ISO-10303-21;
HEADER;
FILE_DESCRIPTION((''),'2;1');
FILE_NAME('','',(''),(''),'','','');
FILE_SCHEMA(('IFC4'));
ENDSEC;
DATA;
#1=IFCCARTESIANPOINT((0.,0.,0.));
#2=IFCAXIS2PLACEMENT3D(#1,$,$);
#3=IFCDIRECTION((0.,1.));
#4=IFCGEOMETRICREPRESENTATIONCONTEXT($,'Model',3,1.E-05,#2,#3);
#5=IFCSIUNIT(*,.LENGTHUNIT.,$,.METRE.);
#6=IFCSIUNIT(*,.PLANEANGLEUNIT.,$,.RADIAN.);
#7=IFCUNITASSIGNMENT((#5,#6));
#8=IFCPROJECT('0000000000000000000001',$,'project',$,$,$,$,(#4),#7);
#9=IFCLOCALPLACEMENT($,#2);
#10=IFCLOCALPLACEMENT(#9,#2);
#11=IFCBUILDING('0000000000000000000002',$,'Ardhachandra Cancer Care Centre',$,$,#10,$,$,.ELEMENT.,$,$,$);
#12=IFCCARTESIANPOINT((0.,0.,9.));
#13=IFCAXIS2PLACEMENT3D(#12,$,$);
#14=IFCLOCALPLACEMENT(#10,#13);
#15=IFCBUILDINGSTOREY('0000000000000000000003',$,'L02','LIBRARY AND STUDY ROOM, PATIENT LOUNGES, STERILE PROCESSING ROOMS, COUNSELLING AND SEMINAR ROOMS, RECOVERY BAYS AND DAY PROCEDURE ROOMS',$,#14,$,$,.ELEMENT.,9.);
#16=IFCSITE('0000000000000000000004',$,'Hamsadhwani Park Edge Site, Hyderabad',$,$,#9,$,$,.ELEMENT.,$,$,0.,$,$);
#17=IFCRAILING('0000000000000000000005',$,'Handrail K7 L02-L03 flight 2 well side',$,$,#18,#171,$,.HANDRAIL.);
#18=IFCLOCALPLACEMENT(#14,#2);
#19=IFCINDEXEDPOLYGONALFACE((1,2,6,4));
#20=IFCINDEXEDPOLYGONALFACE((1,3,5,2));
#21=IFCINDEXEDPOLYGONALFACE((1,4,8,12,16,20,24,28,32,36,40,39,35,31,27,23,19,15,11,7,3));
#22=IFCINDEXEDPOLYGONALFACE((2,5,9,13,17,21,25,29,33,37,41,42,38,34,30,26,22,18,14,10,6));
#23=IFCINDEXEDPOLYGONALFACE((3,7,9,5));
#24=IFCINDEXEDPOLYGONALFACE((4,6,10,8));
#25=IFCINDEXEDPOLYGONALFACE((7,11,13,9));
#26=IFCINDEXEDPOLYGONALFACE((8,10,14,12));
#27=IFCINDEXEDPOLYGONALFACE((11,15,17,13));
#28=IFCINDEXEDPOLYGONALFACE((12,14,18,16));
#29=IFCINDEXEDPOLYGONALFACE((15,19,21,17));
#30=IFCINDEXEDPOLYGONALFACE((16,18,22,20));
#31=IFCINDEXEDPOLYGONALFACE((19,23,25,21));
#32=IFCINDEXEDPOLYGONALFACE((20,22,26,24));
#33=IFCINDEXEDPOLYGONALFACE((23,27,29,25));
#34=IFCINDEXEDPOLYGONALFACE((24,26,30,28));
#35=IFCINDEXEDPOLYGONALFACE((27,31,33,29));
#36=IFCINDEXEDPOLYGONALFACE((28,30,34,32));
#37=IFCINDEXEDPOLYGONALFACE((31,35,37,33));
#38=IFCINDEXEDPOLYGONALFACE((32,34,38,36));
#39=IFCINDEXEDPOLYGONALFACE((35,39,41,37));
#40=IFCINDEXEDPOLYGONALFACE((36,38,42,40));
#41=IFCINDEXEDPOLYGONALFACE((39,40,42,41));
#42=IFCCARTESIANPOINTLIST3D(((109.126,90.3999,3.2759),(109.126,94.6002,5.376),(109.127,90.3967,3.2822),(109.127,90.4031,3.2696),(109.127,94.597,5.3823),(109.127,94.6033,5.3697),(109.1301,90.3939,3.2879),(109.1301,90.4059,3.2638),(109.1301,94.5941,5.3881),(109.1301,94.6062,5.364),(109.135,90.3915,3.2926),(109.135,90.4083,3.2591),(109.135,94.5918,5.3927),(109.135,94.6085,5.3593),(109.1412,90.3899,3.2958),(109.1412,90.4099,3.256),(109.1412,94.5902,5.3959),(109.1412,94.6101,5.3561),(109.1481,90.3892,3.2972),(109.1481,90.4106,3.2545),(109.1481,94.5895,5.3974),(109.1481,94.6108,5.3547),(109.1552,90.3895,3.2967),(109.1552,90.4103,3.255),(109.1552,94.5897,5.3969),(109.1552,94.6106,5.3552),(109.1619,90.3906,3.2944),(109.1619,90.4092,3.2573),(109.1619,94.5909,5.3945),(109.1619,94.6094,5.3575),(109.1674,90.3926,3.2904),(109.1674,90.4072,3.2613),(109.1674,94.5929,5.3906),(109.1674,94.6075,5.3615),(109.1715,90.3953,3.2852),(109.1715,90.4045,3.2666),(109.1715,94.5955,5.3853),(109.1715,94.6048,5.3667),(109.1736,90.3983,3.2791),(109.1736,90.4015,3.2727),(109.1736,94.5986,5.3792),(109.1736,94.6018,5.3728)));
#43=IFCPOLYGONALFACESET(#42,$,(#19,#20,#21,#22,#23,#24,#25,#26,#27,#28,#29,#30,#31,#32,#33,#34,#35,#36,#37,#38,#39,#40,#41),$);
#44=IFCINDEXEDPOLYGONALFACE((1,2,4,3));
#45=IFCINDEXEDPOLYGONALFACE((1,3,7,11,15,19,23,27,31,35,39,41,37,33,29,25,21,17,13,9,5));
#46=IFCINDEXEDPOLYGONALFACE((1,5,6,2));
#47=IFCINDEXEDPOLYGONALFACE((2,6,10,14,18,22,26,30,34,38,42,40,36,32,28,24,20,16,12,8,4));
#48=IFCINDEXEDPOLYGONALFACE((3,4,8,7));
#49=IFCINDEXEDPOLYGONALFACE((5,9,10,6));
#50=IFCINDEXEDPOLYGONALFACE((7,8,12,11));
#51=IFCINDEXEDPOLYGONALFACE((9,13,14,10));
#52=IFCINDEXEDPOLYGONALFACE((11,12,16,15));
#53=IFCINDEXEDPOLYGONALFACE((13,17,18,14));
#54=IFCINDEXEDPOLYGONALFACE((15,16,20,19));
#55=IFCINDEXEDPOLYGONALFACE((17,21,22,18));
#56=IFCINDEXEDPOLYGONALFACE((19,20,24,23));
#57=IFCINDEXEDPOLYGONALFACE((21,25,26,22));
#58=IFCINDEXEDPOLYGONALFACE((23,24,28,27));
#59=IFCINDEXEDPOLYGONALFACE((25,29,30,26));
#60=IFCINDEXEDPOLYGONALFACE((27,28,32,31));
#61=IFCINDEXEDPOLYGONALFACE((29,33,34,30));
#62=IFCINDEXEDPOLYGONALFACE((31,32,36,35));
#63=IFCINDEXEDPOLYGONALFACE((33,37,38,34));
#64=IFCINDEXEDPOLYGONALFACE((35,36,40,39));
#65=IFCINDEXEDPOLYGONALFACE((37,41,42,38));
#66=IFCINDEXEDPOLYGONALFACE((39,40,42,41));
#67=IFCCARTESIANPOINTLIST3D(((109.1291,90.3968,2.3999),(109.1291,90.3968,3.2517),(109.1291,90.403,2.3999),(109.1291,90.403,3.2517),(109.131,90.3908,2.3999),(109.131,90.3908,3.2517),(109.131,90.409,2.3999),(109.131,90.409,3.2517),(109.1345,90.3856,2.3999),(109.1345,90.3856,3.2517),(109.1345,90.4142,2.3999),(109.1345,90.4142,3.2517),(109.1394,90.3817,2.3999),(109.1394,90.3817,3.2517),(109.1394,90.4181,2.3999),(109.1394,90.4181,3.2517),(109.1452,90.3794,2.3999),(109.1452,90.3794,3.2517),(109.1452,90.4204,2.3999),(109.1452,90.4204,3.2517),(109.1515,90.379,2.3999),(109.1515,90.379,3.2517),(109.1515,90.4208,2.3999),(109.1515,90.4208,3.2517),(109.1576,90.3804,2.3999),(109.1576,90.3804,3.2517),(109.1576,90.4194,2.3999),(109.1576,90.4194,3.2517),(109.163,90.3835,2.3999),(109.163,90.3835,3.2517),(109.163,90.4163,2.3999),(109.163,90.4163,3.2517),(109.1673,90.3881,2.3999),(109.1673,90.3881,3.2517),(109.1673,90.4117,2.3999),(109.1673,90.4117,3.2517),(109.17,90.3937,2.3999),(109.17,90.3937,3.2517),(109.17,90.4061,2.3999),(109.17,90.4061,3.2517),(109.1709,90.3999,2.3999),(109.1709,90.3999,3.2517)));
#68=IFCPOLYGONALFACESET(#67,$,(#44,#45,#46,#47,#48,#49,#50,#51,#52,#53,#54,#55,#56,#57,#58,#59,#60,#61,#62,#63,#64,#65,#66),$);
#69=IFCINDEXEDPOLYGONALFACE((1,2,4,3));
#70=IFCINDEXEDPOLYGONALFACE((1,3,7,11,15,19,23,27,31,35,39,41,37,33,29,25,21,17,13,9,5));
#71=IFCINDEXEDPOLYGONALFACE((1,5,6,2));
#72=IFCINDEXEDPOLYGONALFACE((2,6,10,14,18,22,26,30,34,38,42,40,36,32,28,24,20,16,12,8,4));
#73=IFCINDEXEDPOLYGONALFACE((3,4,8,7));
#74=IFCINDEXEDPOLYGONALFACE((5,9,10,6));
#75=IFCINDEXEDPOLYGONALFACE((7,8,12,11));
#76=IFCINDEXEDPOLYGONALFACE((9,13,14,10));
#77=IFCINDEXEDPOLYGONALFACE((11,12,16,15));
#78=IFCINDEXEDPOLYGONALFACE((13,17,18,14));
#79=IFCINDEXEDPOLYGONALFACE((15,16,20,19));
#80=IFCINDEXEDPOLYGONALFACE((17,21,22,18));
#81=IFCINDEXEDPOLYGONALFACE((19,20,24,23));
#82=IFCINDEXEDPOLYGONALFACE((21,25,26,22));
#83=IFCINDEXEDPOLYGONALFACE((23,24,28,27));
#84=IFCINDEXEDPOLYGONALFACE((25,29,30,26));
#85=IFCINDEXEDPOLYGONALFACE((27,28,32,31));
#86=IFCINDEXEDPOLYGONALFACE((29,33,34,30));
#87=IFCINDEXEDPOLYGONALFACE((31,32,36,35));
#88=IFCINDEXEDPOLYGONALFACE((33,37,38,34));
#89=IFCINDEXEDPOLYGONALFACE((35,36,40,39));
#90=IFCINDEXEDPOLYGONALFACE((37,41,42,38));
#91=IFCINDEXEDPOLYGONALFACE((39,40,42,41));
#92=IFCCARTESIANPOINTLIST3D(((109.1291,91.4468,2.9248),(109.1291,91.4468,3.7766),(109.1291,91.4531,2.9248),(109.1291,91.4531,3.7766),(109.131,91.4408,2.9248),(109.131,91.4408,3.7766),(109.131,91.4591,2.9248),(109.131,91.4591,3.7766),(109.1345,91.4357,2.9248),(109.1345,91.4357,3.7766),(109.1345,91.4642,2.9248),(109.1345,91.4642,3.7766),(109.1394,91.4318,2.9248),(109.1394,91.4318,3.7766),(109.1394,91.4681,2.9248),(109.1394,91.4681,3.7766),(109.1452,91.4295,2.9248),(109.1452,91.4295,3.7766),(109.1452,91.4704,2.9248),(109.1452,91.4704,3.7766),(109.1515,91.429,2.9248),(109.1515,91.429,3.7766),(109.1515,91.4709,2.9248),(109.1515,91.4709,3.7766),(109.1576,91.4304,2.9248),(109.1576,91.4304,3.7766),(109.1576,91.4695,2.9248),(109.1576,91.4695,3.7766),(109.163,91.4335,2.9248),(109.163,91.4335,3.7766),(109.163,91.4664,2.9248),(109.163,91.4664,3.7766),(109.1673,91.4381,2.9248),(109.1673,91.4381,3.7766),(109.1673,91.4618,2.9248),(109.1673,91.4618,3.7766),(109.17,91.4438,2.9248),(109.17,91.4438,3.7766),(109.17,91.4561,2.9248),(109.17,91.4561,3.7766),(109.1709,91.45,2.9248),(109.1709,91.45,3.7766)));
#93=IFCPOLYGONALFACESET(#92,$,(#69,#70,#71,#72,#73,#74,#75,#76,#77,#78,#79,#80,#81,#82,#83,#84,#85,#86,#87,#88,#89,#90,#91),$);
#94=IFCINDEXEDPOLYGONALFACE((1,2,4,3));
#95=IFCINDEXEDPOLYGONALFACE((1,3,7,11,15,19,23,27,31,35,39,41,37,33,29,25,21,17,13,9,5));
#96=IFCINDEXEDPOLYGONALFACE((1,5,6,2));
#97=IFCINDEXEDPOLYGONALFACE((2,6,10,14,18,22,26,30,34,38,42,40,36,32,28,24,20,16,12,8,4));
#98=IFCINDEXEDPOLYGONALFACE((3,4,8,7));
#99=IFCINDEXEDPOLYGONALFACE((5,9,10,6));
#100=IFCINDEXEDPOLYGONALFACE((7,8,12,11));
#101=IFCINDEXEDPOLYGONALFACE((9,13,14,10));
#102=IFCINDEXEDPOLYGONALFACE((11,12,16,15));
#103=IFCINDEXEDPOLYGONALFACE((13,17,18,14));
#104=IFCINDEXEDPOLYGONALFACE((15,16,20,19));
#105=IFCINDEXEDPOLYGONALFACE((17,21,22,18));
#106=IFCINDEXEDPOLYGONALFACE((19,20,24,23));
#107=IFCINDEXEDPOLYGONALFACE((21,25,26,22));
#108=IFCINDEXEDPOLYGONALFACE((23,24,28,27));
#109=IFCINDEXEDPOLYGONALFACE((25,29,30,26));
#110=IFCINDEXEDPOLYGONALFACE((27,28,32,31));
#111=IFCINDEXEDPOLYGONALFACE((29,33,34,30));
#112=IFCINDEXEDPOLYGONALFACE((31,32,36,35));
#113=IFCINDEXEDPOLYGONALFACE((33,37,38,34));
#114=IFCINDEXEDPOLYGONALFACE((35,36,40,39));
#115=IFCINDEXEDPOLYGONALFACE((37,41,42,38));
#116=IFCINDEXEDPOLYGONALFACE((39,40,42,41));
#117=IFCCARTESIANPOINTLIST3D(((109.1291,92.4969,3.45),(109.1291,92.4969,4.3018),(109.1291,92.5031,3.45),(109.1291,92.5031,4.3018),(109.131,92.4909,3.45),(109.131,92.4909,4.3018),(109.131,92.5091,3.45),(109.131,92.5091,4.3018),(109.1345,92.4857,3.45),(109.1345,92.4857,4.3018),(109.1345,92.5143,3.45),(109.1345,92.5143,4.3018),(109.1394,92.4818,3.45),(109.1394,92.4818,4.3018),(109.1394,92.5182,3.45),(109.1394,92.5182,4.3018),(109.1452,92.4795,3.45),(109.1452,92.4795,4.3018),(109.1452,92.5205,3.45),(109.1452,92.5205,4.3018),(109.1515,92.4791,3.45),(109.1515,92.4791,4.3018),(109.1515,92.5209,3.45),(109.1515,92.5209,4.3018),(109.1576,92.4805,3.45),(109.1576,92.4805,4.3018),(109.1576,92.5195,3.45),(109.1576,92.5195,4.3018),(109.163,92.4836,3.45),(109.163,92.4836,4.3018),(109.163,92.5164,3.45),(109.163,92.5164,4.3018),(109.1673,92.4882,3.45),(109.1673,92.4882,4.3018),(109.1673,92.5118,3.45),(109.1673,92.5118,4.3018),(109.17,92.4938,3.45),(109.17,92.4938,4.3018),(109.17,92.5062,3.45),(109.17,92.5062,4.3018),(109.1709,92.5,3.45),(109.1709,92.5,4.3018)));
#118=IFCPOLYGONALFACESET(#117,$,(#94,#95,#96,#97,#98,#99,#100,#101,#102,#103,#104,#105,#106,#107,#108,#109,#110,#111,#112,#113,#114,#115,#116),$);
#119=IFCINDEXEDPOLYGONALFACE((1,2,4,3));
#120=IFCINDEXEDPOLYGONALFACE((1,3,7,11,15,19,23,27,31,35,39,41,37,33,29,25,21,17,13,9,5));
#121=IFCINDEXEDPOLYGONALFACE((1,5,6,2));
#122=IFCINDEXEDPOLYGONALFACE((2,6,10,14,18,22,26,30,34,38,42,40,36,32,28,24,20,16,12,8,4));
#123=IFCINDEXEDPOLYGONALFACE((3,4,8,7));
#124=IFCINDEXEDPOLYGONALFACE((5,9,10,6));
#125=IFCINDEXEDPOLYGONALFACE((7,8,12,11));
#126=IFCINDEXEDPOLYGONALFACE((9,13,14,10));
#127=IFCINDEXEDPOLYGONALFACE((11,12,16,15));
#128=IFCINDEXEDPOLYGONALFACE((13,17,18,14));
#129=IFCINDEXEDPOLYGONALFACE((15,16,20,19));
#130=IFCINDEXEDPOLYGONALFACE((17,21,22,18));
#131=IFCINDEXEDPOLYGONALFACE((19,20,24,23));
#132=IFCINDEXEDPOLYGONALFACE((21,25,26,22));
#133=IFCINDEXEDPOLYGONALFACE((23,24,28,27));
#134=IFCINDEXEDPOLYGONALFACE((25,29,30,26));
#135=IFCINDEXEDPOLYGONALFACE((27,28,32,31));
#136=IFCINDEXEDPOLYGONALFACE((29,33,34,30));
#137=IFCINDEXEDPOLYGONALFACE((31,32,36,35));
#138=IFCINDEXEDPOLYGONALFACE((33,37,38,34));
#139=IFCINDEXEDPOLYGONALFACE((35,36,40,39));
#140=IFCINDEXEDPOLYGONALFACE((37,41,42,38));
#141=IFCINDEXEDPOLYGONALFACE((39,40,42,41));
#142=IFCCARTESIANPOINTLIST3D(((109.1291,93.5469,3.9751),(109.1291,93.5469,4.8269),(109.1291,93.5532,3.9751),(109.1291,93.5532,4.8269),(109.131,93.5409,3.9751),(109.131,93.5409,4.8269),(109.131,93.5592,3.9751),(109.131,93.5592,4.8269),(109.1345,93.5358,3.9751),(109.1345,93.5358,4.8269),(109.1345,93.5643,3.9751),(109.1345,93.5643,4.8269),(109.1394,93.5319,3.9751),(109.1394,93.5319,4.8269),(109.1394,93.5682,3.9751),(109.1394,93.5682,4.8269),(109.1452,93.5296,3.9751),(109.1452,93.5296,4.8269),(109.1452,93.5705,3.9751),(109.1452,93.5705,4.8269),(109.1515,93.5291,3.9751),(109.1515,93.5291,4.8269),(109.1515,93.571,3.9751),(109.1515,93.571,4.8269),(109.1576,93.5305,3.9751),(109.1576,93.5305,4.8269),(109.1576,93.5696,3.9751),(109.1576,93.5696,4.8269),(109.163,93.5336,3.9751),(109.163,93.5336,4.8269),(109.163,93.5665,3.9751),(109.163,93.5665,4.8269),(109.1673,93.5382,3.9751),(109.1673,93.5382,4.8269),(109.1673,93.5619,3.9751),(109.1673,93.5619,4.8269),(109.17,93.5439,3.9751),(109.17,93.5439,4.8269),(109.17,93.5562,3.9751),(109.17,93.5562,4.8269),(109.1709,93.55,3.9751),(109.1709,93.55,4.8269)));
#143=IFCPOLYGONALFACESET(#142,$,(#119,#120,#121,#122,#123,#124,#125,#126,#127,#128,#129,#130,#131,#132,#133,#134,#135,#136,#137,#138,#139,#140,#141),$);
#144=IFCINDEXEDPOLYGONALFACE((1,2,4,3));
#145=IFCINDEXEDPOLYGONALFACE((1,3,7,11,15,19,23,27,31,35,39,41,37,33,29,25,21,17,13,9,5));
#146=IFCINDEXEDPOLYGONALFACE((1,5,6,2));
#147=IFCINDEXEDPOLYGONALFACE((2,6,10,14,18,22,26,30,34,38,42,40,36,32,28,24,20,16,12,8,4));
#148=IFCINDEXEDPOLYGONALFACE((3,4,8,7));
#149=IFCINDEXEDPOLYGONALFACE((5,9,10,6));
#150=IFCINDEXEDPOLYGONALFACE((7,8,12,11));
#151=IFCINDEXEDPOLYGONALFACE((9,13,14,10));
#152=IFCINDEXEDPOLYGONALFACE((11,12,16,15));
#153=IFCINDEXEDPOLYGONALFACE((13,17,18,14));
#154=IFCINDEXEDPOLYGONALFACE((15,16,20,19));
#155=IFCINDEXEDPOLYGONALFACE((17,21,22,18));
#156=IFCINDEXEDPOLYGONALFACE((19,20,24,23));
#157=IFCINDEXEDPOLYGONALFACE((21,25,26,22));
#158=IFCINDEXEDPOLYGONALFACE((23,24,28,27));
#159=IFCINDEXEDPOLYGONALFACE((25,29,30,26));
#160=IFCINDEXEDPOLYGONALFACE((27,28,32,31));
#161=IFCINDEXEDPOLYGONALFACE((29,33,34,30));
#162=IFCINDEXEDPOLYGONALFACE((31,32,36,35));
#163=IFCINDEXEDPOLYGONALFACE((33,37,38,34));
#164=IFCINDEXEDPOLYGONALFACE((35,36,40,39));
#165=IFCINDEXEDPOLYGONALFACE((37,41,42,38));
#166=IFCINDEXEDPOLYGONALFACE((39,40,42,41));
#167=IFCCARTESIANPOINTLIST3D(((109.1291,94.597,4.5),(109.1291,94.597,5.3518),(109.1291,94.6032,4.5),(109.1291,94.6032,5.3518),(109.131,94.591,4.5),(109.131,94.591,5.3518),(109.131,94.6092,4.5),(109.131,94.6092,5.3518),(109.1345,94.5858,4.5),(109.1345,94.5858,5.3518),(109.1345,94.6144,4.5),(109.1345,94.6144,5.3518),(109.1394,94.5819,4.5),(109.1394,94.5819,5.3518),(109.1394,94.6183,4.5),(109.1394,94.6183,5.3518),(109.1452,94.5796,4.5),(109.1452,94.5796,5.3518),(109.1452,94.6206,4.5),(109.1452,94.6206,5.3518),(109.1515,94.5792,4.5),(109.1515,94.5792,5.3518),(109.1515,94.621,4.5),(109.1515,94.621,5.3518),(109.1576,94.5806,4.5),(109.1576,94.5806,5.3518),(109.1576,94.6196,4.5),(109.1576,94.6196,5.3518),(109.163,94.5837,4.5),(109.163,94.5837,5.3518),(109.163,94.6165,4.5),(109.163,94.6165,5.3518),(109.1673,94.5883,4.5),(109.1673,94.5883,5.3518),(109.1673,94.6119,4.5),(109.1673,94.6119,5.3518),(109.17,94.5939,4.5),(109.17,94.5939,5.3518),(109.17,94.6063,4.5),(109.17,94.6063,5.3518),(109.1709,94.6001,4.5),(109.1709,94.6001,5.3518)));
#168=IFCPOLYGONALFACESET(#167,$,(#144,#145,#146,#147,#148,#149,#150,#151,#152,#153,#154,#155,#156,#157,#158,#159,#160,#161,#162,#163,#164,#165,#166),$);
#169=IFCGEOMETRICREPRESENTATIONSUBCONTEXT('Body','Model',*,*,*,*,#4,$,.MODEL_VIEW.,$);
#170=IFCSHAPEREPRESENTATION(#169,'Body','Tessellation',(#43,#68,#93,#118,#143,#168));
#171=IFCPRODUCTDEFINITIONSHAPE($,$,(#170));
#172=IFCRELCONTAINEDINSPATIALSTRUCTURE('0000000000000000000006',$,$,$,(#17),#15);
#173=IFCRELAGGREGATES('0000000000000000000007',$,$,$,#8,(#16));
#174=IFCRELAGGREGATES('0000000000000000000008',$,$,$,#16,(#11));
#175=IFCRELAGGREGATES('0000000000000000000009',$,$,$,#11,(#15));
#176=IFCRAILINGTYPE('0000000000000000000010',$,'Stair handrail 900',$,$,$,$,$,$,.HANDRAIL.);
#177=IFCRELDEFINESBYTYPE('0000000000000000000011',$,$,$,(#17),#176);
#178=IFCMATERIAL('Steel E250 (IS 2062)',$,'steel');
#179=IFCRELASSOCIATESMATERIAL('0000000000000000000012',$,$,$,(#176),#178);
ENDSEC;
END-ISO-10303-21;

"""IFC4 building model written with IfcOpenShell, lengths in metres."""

from ifc_helpers import new_model, si_unit, direction, frame, origin, origin_2d, place, context, subcontext, project, spatial, circle, extrude, material, type_object, element, save


model = new_model("IFC4")

# Units and contexts
model_context = context("Model", 3, precision=1e-05, world=origin(), true_north=direction((0.0, 1.0)))
body_context = subcontext(model_context, "Body", "Model", "MODEL_VIEW")
ifc_project = project(units=[si_unit("LENGTHUNIT", "METRE"), si_unit("PLANEANGLEUNIT", "RADIAN")], contexts=[model_context])

# Site, building, storey
site_placement = place(None, origin())
site = spatial("IfcSite", under=ifc_project, at=site_placement, Name="Hamsadhwani Park Edge Site, Hyderabad", CompositionType="ELEMENT", RefElevation=0.0)
building_placement = place(site_placement, origin())
building = spatial("IfcBuilding", under=site, at=building_placement, Name="Ardhachandra Cancer Care Centre", CompositionType="ELEMENT")
storey_placement = place(building_placement, frame((0.0, 0.0, 9.0)))
storey = spatial("IfcBuildingStorey", under=building, at=storey_placement, Name="L02", Description="LIBRARY AND STUDY ROOM, PATIENT LOUNGES, STERILE PROCESSING ROOMS, COUNSELLING AND SEMINAR ROOMS, RECOVERY BAYS AND DAY PROCEDURE ROOMS", CompositionType="ELEMENT", Elevation=9.0)

# Railing
ifc_material_1 = material(Name="Steel E250 (IS 2062)", Category="steel")
railing_type_1 = type_object("IfcRailingType", Name="Stair handrail 900", PredefinedType="HANDRAIL", material=ifc_material_1)
railing_1_placement = place(storey_placement, frame((109.1499, 90.3999, 2.3999)))
element("IfcRailing", 1, at=railing_1_placement, inside=storey, type_object=railing_type_1, Name="Handrail K7 L02-L03 flight 2 well side", PredefinedType="HANDRAIL", context=body_context, shape_type="SweptSolid", body=[
    extrude(circle(Radius=0.0239, at=origin_2d()), frame((0.0, 0.0, 0.876), z_axis=(0.0, 0.894427, 0.447214), x_axis=(-1.0, 0.0, 0.0)), (0.0, 0.0, 1.0), 4.696),
    extrude(circle(Radius=0.021, at=origin_2d()), origin(), (0.0, 0.0, 1.0), 0.8518),
    extrude(circle(Radius=0.021, at=origin_2d()), frame((0.0, 1.05, 0.5249)), (0.0, 0.0, 1.0), 0.8518),
    extrude(circle(Radius=0.021, at=origin_2d()), frame((0.0, 2.1001, 1.05)), (0.0, 0.0, 1.0), 0.8518),
    extrude(circle(Radius=0.021, at=origin_2d()), frame((0.0, 3.1501, 1.5752)), (0.0, 0.0, 1.0), 0.8518),
    extrude(circle(Radius=0.021, at=origin_2d()), frame((0.0, 4.2002, 2.1001)), (0.0, 0.0, 1.0), 0.8518),
])

save(model, "model.ifc")
